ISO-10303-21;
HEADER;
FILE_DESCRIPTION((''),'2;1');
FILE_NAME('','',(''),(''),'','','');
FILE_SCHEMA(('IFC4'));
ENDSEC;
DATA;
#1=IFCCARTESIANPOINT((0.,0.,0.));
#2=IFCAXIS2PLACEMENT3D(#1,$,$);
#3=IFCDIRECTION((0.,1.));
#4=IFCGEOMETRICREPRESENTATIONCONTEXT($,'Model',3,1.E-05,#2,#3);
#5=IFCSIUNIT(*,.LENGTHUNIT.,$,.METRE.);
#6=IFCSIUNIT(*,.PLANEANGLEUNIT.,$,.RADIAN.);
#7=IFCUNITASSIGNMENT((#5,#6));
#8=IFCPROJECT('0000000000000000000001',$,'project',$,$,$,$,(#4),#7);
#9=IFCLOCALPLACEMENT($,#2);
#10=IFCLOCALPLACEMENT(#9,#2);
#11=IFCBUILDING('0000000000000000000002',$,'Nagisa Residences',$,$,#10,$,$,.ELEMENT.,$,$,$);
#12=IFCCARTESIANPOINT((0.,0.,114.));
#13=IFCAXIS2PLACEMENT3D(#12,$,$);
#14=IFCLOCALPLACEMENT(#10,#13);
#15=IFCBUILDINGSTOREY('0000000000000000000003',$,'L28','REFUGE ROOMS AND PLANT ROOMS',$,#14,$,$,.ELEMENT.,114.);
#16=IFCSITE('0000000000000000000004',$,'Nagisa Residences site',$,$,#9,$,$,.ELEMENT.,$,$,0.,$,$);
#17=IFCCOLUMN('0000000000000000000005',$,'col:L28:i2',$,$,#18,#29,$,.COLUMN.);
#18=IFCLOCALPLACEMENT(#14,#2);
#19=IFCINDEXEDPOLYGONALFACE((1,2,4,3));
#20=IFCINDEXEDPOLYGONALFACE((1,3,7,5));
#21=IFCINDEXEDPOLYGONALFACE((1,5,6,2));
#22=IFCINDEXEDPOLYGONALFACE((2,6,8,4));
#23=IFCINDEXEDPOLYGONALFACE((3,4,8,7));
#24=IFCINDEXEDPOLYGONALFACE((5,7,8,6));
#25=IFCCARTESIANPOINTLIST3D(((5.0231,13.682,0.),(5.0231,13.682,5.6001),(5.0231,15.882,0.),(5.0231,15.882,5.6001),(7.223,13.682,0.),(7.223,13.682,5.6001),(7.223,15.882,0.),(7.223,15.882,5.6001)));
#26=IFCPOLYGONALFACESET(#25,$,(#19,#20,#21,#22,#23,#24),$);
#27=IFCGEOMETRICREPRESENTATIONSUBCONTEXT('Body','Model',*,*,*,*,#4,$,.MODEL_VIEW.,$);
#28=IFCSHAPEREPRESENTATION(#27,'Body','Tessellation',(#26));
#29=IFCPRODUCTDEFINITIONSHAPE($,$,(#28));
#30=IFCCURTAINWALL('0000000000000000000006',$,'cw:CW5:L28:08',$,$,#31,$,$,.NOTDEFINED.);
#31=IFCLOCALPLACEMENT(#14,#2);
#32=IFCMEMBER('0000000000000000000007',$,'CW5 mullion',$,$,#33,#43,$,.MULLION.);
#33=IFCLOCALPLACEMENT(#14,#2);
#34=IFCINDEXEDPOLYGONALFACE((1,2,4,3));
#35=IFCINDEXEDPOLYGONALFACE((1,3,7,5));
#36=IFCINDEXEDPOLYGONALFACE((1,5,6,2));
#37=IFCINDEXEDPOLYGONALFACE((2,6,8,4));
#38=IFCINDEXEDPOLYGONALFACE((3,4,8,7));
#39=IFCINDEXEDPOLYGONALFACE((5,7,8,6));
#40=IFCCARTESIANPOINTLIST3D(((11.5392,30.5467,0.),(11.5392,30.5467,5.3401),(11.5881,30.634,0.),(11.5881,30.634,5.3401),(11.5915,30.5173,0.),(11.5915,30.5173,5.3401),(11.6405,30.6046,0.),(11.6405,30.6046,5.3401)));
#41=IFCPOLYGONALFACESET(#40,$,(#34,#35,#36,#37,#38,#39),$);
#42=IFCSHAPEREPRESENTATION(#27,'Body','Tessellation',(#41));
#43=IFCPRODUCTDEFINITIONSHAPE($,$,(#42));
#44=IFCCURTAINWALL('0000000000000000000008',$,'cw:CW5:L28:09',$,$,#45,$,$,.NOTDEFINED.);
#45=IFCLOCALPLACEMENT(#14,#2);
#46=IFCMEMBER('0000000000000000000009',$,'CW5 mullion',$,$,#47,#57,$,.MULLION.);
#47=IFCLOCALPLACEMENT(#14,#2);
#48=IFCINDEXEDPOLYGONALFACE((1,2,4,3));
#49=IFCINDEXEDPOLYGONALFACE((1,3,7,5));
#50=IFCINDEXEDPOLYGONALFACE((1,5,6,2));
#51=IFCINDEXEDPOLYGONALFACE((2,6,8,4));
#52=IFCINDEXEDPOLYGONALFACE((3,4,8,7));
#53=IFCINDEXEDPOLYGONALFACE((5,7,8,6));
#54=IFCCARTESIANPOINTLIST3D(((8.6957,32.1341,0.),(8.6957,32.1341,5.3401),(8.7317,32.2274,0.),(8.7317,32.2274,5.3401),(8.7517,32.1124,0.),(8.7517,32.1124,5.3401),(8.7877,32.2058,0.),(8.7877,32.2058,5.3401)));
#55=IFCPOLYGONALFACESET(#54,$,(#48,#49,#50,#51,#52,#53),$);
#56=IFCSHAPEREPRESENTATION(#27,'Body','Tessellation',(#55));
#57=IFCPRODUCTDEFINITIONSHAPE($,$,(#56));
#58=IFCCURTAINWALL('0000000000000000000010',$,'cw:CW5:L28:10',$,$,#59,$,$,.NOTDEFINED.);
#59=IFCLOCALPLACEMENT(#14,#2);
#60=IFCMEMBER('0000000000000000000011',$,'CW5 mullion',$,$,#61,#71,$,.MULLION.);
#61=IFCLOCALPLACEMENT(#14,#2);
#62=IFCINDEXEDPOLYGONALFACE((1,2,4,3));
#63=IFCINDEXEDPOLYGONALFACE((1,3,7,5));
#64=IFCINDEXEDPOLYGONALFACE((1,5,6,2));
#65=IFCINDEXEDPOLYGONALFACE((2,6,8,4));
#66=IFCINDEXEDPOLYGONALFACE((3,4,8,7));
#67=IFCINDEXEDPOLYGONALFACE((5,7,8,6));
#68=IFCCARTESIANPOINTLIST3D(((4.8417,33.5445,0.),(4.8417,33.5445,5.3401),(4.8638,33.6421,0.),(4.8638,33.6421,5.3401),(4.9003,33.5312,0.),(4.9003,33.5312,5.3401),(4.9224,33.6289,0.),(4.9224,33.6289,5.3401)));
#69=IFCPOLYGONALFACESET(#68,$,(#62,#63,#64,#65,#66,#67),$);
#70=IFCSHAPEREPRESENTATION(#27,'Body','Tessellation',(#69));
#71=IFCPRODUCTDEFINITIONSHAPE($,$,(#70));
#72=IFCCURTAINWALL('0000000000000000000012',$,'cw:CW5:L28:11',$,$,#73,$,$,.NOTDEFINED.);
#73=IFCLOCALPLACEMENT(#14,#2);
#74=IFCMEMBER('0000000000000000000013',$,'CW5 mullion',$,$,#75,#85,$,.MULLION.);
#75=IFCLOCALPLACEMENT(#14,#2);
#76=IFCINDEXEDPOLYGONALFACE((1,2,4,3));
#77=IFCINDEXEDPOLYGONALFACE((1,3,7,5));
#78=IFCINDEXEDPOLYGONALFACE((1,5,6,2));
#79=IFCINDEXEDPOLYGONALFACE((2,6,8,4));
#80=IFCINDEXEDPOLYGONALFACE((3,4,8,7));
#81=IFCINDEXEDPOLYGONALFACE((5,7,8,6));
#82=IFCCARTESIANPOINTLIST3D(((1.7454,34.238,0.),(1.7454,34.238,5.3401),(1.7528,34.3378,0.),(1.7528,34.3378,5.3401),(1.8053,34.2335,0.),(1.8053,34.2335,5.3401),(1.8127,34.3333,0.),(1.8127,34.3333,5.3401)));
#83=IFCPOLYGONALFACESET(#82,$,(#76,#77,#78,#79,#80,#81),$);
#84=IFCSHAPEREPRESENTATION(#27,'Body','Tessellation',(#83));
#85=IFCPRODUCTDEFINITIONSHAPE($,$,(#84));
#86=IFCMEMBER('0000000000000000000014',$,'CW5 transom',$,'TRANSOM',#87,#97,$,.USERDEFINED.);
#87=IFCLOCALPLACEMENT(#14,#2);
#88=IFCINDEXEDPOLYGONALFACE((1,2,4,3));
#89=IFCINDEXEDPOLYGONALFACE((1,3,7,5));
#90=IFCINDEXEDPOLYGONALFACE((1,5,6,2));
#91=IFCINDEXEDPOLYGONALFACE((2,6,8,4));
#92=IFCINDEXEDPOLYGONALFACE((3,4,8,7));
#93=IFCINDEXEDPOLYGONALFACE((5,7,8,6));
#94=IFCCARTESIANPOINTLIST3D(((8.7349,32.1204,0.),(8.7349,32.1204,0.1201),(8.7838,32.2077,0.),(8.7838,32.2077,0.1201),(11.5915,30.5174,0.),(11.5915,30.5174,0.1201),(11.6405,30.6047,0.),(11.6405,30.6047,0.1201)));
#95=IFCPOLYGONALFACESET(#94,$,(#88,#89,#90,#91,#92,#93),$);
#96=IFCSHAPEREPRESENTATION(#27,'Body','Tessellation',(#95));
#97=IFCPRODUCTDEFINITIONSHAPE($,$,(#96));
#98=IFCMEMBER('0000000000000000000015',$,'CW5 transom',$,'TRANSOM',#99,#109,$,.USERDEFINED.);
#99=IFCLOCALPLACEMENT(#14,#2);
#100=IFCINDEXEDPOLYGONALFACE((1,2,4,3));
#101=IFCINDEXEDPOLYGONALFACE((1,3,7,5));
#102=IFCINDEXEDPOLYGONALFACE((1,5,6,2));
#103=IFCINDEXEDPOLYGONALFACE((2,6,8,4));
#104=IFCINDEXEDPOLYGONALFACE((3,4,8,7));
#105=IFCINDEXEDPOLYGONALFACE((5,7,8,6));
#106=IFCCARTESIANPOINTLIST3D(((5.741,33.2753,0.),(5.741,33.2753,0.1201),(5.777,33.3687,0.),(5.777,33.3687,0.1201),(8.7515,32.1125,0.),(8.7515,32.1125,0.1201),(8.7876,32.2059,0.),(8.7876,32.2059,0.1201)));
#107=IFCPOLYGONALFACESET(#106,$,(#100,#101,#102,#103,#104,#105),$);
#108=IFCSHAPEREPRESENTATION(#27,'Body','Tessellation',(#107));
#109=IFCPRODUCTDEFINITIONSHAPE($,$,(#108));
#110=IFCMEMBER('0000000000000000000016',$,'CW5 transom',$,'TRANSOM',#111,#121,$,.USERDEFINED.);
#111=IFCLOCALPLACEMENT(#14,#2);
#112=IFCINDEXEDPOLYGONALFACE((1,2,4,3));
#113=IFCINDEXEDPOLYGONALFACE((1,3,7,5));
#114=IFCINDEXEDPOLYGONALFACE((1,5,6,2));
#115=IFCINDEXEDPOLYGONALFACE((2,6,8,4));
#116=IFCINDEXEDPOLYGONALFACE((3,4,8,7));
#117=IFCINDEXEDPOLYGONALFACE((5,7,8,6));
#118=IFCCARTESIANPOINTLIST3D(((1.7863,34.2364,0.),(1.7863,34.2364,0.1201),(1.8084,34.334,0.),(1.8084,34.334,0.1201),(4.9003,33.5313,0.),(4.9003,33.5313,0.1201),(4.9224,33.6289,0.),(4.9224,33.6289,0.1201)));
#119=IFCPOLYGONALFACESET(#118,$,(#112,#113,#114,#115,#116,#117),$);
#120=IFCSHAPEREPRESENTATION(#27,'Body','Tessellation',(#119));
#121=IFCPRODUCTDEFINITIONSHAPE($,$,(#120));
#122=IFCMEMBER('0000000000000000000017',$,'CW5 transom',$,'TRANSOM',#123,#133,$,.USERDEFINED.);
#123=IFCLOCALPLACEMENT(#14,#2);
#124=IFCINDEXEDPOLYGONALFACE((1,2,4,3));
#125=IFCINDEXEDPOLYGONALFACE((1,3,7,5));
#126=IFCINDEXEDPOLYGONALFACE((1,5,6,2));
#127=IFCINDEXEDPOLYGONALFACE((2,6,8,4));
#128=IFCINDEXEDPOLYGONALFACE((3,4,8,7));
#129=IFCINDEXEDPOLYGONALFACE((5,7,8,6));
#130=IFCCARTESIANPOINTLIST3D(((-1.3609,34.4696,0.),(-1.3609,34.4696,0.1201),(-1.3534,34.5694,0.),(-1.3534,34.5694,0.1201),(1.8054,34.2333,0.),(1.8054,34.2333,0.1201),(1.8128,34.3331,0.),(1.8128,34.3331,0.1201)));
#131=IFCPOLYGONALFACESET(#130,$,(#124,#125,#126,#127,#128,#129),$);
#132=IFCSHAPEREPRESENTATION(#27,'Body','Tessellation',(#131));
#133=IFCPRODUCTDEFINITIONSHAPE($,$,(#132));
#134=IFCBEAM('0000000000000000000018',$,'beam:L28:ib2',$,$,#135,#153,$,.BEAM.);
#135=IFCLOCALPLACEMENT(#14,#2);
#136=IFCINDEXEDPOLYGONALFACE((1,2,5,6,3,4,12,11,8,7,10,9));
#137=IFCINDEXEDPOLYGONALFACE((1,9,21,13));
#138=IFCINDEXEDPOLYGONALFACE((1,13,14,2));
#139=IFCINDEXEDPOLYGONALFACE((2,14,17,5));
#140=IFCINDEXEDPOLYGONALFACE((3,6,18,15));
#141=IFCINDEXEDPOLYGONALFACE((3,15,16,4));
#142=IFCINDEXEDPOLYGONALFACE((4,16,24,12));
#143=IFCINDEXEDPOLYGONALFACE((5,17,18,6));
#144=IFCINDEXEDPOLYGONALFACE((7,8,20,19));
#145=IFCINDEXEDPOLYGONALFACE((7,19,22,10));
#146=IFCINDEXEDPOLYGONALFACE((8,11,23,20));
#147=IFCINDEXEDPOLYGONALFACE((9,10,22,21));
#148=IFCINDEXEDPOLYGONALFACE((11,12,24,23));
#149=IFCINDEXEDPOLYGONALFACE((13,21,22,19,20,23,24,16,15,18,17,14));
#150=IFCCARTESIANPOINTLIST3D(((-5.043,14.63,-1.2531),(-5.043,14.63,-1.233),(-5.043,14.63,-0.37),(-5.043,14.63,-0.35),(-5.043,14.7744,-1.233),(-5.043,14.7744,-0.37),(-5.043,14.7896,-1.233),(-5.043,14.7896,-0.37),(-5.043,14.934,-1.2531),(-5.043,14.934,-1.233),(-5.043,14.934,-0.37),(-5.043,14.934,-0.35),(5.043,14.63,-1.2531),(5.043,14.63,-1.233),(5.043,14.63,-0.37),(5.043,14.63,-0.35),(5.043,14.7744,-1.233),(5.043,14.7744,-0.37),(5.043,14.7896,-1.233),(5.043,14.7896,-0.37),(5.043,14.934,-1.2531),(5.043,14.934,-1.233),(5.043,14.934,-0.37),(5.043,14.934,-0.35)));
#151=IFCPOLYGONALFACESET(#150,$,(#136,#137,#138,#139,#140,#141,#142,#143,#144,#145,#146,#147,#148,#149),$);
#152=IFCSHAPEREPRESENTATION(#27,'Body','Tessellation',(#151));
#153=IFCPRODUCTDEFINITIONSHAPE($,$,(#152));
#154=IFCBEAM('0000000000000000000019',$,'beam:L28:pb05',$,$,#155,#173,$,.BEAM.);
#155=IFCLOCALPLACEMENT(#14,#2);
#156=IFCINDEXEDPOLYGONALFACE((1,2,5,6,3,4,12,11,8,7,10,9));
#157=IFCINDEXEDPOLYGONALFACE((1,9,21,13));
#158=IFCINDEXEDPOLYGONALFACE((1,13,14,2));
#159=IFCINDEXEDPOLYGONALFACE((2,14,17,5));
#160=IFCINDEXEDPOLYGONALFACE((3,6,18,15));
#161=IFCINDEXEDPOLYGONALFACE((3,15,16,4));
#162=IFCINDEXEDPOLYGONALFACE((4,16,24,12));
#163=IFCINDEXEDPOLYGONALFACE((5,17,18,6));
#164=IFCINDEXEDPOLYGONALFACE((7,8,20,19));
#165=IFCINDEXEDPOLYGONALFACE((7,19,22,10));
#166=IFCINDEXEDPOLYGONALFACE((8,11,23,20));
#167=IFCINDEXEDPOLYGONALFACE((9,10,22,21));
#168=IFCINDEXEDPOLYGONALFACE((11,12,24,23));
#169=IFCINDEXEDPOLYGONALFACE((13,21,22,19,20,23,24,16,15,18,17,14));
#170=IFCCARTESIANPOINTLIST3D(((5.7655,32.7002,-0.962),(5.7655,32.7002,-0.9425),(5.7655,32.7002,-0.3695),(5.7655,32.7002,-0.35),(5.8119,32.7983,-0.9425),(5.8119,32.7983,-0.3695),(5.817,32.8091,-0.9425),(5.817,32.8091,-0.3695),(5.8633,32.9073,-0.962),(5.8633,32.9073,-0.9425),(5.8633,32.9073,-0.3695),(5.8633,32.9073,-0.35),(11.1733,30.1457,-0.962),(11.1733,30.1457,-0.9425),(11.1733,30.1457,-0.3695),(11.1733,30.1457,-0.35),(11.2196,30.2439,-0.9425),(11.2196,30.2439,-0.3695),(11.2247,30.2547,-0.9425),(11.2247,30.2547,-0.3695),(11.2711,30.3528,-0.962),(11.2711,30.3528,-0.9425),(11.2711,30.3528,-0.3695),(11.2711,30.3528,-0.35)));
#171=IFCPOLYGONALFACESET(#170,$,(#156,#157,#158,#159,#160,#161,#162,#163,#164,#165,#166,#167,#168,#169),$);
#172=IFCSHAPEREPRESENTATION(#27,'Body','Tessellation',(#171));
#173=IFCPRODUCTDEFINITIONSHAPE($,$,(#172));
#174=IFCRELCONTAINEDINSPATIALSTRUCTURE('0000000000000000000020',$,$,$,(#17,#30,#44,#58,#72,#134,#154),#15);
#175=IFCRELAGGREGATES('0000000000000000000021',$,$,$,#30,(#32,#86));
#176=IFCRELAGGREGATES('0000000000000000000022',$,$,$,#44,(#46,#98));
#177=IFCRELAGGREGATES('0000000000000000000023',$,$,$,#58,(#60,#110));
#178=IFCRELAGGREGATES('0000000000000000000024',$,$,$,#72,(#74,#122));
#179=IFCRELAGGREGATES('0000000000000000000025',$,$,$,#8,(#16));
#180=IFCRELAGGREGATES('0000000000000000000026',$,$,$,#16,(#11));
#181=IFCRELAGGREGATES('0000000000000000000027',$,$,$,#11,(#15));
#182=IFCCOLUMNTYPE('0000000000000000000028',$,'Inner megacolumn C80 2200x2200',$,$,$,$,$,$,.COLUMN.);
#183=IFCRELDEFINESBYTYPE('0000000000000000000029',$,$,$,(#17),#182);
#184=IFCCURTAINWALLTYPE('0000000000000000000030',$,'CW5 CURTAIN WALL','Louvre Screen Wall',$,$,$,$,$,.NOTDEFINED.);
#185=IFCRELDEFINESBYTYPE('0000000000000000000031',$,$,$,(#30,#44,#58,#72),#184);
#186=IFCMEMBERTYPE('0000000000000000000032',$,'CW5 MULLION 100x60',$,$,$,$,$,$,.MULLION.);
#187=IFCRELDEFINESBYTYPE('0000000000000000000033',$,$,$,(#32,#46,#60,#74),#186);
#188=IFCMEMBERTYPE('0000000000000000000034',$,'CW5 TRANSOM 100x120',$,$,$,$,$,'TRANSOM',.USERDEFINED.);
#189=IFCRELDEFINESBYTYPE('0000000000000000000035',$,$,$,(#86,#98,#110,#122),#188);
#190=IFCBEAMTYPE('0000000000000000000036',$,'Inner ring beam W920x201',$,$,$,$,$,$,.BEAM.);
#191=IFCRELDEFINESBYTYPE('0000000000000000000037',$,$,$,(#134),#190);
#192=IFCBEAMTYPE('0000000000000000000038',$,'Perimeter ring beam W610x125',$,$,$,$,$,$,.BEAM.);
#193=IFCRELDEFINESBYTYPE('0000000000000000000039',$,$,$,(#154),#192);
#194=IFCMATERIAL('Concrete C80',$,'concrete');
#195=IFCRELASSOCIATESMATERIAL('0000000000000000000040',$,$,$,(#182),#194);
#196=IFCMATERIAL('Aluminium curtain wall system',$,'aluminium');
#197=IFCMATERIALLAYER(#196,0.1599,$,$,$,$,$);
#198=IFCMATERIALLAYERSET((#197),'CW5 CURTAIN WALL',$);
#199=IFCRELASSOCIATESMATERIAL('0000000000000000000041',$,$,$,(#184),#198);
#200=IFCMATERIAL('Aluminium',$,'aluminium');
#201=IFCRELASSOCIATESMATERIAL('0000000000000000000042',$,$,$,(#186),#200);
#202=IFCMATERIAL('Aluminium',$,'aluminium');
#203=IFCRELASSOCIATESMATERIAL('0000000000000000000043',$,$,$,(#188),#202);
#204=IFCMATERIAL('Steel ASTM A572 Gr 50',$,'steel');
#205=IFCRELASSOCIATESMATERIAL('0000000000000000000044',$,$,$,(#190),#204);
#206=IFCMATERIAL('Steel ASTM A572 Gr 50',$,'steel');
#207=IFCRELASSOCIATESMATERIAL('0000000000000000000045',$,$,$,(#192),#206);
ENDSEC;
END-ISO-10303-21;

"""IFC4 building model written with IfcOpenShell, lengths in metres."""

from ifc_helpers import new_model, si_unit, direction, frame, origin, origin_2d, place, context, subcontext, project, spatial, rectangle, i_section, extrude, material, layer, layer_set, material_profile, profile_set, type_object, element, aggregate, save


model = new_model("IFC4")

# Units and contexts
model_context = context("Model", 3, precision=1e-05, world=origin(), true_north=direction((0.0, 1.0)))
body_context = subcontext(model_context, "Body", "Model", "MODEL_VIEW")
ifc_project = project(units=[si_unit("LENGTHUNIT", "METRE"), si_unit("PLANEANGLEUNIT", "RADIAN")], contexts=[model_context])

# Site, building, storey
site_placement = place(None, origin())
site = spatial("IfcSite", under=ifc_project, at=site_placement, Name="Nagisa Residences site", CompositionType="ELEMENT", RefElevation=0.0)
building_placement = place(site_placement, origin())
building = spatial("IfcBuilding", under=site, at=building_placement, Name="Nagisa Residences", CompositionType="ELEMENT")
storey_placement = place(building_placement, frame((0.0, 0.0, 114.0)))
storey = spatial("IfcBuildingStorey", under=building, at=storey_placement, Name="L28", Description="REFUGE ROOMS AND PLANT ROOMS", CompositionType="ELEMENT", Elevation=114.0)

# Column
ifc_material_1 = material(Name="Concrete C80", Category="concrete")
ifc_material_profile_1 = material_profile(ifc_material_1, rectangle(XDim=2.2, YDim=2.2, at=origin_2d()), Name="C80 2200x2200")
ifc_profile_set_1 = profile_set([ifc_material_profile_1], Name="Concrete C80")
column_type = type_object("IfcColumnType", Name="Inner megacolumn C80 2200x2200", PredefinedType="COLUMN", material=ifc_profile_set_1)
column_placement = place(storey_placement, frame((6.123, 14.782, 0.0), z_axis=(0.0, 0.0, 1.0), x_axis=(1.0, 0.0, 0.0)))
element("IfcColumn", 1, at=column_placement, inside=storey, type_object=column_type, Name="col:L28:i2", PredefinedType="COLUMN", context=body_context, shape_type="SweptSolid", body=[
    extrude(rectangle(XDim=2.2, YDim=2.2, at=origin_2d()), origin(), (0.0, 0.0, 1.0), 5.6001),
])

# Curtain walls, members
ifc_material_2 = material(Name="Aluminium curtain wall system", Category="aluminium")
ifc_layer_1 = layer(ifc_material_2, 0.1599)
ifc_layer_set_1 = layer_set([ifc_layer_1], Name="CW5 CURTAIN WALL")
curtain_wall_type = type_object("IfcCurtainWallType", Name="CW5 CURTAIN WALL", Description="Louvre Screen Wall", PredefinedType="NOTDEFINED", material=ifc_layer_set_1)
curtain_wall_1_placement = place(storey_placement, origin())
curtain_wall_1 = element("IfcCurtainWall", 2, at=curtain_wall_1_placement, inside=storey, type_object=curtain_wall_type, Name="cw:CW5:L28:08", PredefinedType="NOTDEFINED")
ifc_material_3 = material(Name="Aluminium", Category="aluminium")
ifc_material_profile_2 = material_profile(ifc_material_3, rectangle(XDim=0.1001, YDim=0.0601, at=origin_2d()), Name="CW5 MULLION 100x60")
ifc_profile_set_2 = profile_set([ifc_material_profile_2], Name="Aluminium")
member_type_1 = type_object("IfcMemberType", Name="CW5 MULLION 100x60", PredefinedType="MULLION", material=ifc_profile_set_2)
member_1_placement = place(storey_placement, frame((11.5898, 30.5757, 0.0), z_axis=(0.0, 0.0, 1.0), x_axis=(-0.489377, -0.872072, 0.0)))
member_1 = element("IfcMember", 3, at=member_1_placement, type_object=member_type_1, Name="CW5 mullion", PredefinedType="MULLION", context=body_context, shape_type="SweptSolid", body=[
    extrude(rectangle(XDim=0.1001, YDim=0.0601, at=origin_2d()), origin(), (0.0, 0.0, 1.0), 5.3401),
])
curtain_wall_2_placement = place(storey_placement, origin())
curtain_wall_2 = element("IfcCurtainWall", 4, at=curtain_wall_2_placement, inside=storey, type_object=curtain_wall_type, Name="cw:CW5:L28:09", PredefinedType="NOTDEFINED")
member_2_placement = place(storey_placement, frame((8.7417, 32.1699, 0.0), z_axis=(0.0, 0.0, 1.0), x_axis=(-0.360328, -0.932826, 0.0)))
member_2 = element("IfcMember", 5, at=member_2_placement, type_object=member_type_1, Name="CW5 mullion", PredefinedType="MULLION", context=body_context, shape_type="SweptSolid", body=[
    extrude(rectangle(XDim=0.1001, YDim=0.0601, at=origin_2d()), origin(), (0.0, 0.0, 1.0), 5.3401),
])
curtain_wall_3_placement = place(storey_placement, origin())
curtain_wall_3 = element("IfcCurtainWall", 6, at=curtain_wall_3_placement, inside=storey, type_object=curtain_wall_type, Name="cw:CW5:L28:10", PredefinedType="NOTDEFINED")
member_3_placement = place(storey_placement, frame((4.8821, 33.5867, 0.0), z_axis=(0.0, 0.0, 1.0), x_axis=(-0.220764, -0.975327, 0.0)))
member_3 = element("IfcMember", 7, at=member_3_placement, type_object=member_type_1, Name="CW5 mullion", PredefinedType="MULLION", context=body_context, shape_type="SweptSolid", body=[
    extrude(rectangle(XDim=0.1001, YDim=0.0601, at=origin_2d()), origin(), (0.0, 0.0, 1.0), 5.3401),
])
curtain_wall_4_placement = place(storey_placement, origin())
curtain_wall_4 = element("IfcCurtainWall", 8, at=curtain_wall_4_placement, inside=storey, type_object=curtain_wall_type, Name="cw:CW5:L28:11", PredefinedType="NOTDEFINED")
member_4_placement = place(storey_placement, frame((1.7791, 34.2856, 0.0), z_axis=(0.0, 0.0, 1.0), x_axis=(-0.074377, -0.99723, 0.0)))
member_4 = element("IfcMember", 9, at=member_4_placement, type_object=member_type_1, Name="CW5 mullion", PredefinedType="MULLION", context=body_context, shape_type="SweptSolid", body=[
    extrude(rectangle(XDim=0.1001, YDim=0.0601, at=origin_2d()), origin(), (0.0, 0.0, 1.0), 5.3401),
])

# Members
ifc_material_4 = material(Name="Aluminium", Category="aluminium")
ifc_material_profile_3 = material_profile(ifc_material_4, rectangle(XDim=0.1001, YDim=0.1201, at=origin_2d()), Name="CW5 TRANSOM 100x120")
ifc_profile_set_3 = profile_set([ifc_material_profile_3], Name="Aluminium")
member_type_2 = type_object("IfcMemberType", Name="CW5 TRANSOM 100x120", ElementType="TRANSOM", PredefinedType="USERDEFINED", material=ifc_profile_set_3)
member_5_placement = place(storey_placement, frame((11.616, 30.561, 0.0601), z_axis=(-0.872079, 0.489366, 0.0), x_axis=(-0.489366, -0.872079, 0.0)))
member_5 = element("IfcMember", 10, at=member_5_placement, type_object=member_type_2, Name="CW5 transom", ObjectType="TRANSOM", PredefinedType="USERDEFINED", context=body_context, shape_type="SweptSolid", body=[
    extrude(rectangle(XDim=0.1001, YDim=0.1201, at=origin_2d()), origin(), (0.0, 0.0, 1.0), 3.2756),
])
member_6_placement = place(storey_placement, frame((8.7695, 32.1592, 0.0601), z_axis=(-0.93283, 0.360317, 0.0), x_axis=(-0.360317, -0.93283, 0.0)))
member_6 = element("IfcMember", 11, at=member_6_placement, type_object=member_type_2, Name="CW5 transom", ObjectType="TRANSOM", PredefinedType="USERDEFINED", context=body_context, shape_type="SweptSolid", body=[
    extrude(rectangle(XDim=0.1001, YDim=0.1201, at=origin_2d()), origin(), (0.0, 0.0, 1.0), 3.2273),
])
member_7_placement = place(storey_placement, frame((4.9114, 33.5801, 0.0601), z_axis=(-0.975312, 0.220831, 0.0), x_axis=(-0.220831, -0.975312, 0.0)))
member_7 = element("IfcMember", 12, at=member_7_placement, type_object=member_type_2, Name="CW5 transom", ObjectType="TRANSOM", PredefinedType="USERDEFINED", context=body_context, shape_type="SweptSolid", body=[
    extrude(rectangle(XDim=0.1001, YDim=0.1201, at=origin_2d()), origin(), (0.0, 0.0, 1.0), 3.1929),
])
member_8_placement = place(storey_placement, frame((1.8091, 34.2832, 0.0601), z_axis=(-0.997226, 0.074432, 0.0), x_axis=(-0.074432, -0.997226, 0.0)))
member_8 = element("IfcMember", 13, at=member_8_placement, type_object=member_type_2, Name="CW5 transom", ObjectType="TRANSOM", PredefinedType="USERDEFINED", context=body_context, shape_type="SweptSolid", body=[
    extrude(rectangle(XDim=0.1001, YDim=0.1201, at=origin_2d()), origin(), (0.0, 0.0, 1.0), 3.175),
])

# Beams
ifc_material_5 = material(Name="Steel ASTM A572 Gr 50", Category="steel")
ifc_material_profile_4 = material_profile(ifc_material_5, i_section(OverallWidth=0.304, OverallDepth=0.9031, WebThickness=0.0151, FlangeThickness=0.02, at=origin_2d()), Name="W920x201")
ifc_profile_set_4 = profile_set([ifc_material_profile_4], Name="Steel ASTM A572 Gr 50")
beam_type_1 = type_object("IfcBeamType", Name="Inner ring beam W920x201", PredefinedType="BEAM", material=ifc_profile_set_4)
beam_1_placement = place(storey_placement, frame((5.043, 14.782, -0.8015), z_axis=(-1.0, 0.0, 0.0), x_axis=(0.0, -1.0, 0.0)))
element("IfcBeam", 14, at=beam_1_placement, inside=storey, type_object=beam_type_1, Name="beam:L28:ib2", PredefinedType="BEAM", context=body_context, shape_type="SweptSolid", body=[
    extrude(i_section(OverallWidth=0.304, OverallDepth=0.9031, WebThickness=0.0151, FlangeThickness=0.02, at=origin_2d()), origin(), (0.0, 0.0, 1.0), 10.0859),
])
ifc_material_6 = material(Name="Steel ASTM A572 Gr 50", Category="steel")
ifc_material_profile_5 = material_profile(ifc_material_6, i_section(OverallWidth=0.229, OverallDepth=0.6121, WebThickness=0.012, FlangeThickness=0.0195, at=origin_2d()), Name="W610x125")
ifc_profile_set_5 = profile_set([ifc_material_profile_5], Name="Steel ASTM A572 Gr 50")
beam_type_2 = type_object("IfcBeamType", Name="Perimeter ring beam W610x125", PredefinedType="BEAM", material=ifc_profile_set_5)
beam_2_placement = place(storey_placement, frame((11.2222, 30.2493, -0.656), z_axis=(-0.904197, 0.427116, 0.0), x_axis=(-0.427116, -0.904197, 0.0)))
element("IfcBeam", 15, at=beam_2_placement, inside=storey, type_object=beam_type_2, Name="beam:L28:pb05", PredefinedType="BEAM", context=body_context, shape_type="SweptSolid", body=[
    extrude(i_section(OverallWidth=0.229, OverallDepth=0.6121, WebThickness=0.012, FlangeThickness=0.0195, at=origin_2d()), origin(), (0.0, 0.0, 1.0), 5.9807),
])

aggregate(curtain_wall_1, [member_1, member_5])
aggregate(curtain_wall_2, [member_2, member_6])
aggregate(curtain_wall_3, [member_3, member_7])
aggregate(curtain_wall_4, [member_4, member_8])

save(model, "model.ifc")
